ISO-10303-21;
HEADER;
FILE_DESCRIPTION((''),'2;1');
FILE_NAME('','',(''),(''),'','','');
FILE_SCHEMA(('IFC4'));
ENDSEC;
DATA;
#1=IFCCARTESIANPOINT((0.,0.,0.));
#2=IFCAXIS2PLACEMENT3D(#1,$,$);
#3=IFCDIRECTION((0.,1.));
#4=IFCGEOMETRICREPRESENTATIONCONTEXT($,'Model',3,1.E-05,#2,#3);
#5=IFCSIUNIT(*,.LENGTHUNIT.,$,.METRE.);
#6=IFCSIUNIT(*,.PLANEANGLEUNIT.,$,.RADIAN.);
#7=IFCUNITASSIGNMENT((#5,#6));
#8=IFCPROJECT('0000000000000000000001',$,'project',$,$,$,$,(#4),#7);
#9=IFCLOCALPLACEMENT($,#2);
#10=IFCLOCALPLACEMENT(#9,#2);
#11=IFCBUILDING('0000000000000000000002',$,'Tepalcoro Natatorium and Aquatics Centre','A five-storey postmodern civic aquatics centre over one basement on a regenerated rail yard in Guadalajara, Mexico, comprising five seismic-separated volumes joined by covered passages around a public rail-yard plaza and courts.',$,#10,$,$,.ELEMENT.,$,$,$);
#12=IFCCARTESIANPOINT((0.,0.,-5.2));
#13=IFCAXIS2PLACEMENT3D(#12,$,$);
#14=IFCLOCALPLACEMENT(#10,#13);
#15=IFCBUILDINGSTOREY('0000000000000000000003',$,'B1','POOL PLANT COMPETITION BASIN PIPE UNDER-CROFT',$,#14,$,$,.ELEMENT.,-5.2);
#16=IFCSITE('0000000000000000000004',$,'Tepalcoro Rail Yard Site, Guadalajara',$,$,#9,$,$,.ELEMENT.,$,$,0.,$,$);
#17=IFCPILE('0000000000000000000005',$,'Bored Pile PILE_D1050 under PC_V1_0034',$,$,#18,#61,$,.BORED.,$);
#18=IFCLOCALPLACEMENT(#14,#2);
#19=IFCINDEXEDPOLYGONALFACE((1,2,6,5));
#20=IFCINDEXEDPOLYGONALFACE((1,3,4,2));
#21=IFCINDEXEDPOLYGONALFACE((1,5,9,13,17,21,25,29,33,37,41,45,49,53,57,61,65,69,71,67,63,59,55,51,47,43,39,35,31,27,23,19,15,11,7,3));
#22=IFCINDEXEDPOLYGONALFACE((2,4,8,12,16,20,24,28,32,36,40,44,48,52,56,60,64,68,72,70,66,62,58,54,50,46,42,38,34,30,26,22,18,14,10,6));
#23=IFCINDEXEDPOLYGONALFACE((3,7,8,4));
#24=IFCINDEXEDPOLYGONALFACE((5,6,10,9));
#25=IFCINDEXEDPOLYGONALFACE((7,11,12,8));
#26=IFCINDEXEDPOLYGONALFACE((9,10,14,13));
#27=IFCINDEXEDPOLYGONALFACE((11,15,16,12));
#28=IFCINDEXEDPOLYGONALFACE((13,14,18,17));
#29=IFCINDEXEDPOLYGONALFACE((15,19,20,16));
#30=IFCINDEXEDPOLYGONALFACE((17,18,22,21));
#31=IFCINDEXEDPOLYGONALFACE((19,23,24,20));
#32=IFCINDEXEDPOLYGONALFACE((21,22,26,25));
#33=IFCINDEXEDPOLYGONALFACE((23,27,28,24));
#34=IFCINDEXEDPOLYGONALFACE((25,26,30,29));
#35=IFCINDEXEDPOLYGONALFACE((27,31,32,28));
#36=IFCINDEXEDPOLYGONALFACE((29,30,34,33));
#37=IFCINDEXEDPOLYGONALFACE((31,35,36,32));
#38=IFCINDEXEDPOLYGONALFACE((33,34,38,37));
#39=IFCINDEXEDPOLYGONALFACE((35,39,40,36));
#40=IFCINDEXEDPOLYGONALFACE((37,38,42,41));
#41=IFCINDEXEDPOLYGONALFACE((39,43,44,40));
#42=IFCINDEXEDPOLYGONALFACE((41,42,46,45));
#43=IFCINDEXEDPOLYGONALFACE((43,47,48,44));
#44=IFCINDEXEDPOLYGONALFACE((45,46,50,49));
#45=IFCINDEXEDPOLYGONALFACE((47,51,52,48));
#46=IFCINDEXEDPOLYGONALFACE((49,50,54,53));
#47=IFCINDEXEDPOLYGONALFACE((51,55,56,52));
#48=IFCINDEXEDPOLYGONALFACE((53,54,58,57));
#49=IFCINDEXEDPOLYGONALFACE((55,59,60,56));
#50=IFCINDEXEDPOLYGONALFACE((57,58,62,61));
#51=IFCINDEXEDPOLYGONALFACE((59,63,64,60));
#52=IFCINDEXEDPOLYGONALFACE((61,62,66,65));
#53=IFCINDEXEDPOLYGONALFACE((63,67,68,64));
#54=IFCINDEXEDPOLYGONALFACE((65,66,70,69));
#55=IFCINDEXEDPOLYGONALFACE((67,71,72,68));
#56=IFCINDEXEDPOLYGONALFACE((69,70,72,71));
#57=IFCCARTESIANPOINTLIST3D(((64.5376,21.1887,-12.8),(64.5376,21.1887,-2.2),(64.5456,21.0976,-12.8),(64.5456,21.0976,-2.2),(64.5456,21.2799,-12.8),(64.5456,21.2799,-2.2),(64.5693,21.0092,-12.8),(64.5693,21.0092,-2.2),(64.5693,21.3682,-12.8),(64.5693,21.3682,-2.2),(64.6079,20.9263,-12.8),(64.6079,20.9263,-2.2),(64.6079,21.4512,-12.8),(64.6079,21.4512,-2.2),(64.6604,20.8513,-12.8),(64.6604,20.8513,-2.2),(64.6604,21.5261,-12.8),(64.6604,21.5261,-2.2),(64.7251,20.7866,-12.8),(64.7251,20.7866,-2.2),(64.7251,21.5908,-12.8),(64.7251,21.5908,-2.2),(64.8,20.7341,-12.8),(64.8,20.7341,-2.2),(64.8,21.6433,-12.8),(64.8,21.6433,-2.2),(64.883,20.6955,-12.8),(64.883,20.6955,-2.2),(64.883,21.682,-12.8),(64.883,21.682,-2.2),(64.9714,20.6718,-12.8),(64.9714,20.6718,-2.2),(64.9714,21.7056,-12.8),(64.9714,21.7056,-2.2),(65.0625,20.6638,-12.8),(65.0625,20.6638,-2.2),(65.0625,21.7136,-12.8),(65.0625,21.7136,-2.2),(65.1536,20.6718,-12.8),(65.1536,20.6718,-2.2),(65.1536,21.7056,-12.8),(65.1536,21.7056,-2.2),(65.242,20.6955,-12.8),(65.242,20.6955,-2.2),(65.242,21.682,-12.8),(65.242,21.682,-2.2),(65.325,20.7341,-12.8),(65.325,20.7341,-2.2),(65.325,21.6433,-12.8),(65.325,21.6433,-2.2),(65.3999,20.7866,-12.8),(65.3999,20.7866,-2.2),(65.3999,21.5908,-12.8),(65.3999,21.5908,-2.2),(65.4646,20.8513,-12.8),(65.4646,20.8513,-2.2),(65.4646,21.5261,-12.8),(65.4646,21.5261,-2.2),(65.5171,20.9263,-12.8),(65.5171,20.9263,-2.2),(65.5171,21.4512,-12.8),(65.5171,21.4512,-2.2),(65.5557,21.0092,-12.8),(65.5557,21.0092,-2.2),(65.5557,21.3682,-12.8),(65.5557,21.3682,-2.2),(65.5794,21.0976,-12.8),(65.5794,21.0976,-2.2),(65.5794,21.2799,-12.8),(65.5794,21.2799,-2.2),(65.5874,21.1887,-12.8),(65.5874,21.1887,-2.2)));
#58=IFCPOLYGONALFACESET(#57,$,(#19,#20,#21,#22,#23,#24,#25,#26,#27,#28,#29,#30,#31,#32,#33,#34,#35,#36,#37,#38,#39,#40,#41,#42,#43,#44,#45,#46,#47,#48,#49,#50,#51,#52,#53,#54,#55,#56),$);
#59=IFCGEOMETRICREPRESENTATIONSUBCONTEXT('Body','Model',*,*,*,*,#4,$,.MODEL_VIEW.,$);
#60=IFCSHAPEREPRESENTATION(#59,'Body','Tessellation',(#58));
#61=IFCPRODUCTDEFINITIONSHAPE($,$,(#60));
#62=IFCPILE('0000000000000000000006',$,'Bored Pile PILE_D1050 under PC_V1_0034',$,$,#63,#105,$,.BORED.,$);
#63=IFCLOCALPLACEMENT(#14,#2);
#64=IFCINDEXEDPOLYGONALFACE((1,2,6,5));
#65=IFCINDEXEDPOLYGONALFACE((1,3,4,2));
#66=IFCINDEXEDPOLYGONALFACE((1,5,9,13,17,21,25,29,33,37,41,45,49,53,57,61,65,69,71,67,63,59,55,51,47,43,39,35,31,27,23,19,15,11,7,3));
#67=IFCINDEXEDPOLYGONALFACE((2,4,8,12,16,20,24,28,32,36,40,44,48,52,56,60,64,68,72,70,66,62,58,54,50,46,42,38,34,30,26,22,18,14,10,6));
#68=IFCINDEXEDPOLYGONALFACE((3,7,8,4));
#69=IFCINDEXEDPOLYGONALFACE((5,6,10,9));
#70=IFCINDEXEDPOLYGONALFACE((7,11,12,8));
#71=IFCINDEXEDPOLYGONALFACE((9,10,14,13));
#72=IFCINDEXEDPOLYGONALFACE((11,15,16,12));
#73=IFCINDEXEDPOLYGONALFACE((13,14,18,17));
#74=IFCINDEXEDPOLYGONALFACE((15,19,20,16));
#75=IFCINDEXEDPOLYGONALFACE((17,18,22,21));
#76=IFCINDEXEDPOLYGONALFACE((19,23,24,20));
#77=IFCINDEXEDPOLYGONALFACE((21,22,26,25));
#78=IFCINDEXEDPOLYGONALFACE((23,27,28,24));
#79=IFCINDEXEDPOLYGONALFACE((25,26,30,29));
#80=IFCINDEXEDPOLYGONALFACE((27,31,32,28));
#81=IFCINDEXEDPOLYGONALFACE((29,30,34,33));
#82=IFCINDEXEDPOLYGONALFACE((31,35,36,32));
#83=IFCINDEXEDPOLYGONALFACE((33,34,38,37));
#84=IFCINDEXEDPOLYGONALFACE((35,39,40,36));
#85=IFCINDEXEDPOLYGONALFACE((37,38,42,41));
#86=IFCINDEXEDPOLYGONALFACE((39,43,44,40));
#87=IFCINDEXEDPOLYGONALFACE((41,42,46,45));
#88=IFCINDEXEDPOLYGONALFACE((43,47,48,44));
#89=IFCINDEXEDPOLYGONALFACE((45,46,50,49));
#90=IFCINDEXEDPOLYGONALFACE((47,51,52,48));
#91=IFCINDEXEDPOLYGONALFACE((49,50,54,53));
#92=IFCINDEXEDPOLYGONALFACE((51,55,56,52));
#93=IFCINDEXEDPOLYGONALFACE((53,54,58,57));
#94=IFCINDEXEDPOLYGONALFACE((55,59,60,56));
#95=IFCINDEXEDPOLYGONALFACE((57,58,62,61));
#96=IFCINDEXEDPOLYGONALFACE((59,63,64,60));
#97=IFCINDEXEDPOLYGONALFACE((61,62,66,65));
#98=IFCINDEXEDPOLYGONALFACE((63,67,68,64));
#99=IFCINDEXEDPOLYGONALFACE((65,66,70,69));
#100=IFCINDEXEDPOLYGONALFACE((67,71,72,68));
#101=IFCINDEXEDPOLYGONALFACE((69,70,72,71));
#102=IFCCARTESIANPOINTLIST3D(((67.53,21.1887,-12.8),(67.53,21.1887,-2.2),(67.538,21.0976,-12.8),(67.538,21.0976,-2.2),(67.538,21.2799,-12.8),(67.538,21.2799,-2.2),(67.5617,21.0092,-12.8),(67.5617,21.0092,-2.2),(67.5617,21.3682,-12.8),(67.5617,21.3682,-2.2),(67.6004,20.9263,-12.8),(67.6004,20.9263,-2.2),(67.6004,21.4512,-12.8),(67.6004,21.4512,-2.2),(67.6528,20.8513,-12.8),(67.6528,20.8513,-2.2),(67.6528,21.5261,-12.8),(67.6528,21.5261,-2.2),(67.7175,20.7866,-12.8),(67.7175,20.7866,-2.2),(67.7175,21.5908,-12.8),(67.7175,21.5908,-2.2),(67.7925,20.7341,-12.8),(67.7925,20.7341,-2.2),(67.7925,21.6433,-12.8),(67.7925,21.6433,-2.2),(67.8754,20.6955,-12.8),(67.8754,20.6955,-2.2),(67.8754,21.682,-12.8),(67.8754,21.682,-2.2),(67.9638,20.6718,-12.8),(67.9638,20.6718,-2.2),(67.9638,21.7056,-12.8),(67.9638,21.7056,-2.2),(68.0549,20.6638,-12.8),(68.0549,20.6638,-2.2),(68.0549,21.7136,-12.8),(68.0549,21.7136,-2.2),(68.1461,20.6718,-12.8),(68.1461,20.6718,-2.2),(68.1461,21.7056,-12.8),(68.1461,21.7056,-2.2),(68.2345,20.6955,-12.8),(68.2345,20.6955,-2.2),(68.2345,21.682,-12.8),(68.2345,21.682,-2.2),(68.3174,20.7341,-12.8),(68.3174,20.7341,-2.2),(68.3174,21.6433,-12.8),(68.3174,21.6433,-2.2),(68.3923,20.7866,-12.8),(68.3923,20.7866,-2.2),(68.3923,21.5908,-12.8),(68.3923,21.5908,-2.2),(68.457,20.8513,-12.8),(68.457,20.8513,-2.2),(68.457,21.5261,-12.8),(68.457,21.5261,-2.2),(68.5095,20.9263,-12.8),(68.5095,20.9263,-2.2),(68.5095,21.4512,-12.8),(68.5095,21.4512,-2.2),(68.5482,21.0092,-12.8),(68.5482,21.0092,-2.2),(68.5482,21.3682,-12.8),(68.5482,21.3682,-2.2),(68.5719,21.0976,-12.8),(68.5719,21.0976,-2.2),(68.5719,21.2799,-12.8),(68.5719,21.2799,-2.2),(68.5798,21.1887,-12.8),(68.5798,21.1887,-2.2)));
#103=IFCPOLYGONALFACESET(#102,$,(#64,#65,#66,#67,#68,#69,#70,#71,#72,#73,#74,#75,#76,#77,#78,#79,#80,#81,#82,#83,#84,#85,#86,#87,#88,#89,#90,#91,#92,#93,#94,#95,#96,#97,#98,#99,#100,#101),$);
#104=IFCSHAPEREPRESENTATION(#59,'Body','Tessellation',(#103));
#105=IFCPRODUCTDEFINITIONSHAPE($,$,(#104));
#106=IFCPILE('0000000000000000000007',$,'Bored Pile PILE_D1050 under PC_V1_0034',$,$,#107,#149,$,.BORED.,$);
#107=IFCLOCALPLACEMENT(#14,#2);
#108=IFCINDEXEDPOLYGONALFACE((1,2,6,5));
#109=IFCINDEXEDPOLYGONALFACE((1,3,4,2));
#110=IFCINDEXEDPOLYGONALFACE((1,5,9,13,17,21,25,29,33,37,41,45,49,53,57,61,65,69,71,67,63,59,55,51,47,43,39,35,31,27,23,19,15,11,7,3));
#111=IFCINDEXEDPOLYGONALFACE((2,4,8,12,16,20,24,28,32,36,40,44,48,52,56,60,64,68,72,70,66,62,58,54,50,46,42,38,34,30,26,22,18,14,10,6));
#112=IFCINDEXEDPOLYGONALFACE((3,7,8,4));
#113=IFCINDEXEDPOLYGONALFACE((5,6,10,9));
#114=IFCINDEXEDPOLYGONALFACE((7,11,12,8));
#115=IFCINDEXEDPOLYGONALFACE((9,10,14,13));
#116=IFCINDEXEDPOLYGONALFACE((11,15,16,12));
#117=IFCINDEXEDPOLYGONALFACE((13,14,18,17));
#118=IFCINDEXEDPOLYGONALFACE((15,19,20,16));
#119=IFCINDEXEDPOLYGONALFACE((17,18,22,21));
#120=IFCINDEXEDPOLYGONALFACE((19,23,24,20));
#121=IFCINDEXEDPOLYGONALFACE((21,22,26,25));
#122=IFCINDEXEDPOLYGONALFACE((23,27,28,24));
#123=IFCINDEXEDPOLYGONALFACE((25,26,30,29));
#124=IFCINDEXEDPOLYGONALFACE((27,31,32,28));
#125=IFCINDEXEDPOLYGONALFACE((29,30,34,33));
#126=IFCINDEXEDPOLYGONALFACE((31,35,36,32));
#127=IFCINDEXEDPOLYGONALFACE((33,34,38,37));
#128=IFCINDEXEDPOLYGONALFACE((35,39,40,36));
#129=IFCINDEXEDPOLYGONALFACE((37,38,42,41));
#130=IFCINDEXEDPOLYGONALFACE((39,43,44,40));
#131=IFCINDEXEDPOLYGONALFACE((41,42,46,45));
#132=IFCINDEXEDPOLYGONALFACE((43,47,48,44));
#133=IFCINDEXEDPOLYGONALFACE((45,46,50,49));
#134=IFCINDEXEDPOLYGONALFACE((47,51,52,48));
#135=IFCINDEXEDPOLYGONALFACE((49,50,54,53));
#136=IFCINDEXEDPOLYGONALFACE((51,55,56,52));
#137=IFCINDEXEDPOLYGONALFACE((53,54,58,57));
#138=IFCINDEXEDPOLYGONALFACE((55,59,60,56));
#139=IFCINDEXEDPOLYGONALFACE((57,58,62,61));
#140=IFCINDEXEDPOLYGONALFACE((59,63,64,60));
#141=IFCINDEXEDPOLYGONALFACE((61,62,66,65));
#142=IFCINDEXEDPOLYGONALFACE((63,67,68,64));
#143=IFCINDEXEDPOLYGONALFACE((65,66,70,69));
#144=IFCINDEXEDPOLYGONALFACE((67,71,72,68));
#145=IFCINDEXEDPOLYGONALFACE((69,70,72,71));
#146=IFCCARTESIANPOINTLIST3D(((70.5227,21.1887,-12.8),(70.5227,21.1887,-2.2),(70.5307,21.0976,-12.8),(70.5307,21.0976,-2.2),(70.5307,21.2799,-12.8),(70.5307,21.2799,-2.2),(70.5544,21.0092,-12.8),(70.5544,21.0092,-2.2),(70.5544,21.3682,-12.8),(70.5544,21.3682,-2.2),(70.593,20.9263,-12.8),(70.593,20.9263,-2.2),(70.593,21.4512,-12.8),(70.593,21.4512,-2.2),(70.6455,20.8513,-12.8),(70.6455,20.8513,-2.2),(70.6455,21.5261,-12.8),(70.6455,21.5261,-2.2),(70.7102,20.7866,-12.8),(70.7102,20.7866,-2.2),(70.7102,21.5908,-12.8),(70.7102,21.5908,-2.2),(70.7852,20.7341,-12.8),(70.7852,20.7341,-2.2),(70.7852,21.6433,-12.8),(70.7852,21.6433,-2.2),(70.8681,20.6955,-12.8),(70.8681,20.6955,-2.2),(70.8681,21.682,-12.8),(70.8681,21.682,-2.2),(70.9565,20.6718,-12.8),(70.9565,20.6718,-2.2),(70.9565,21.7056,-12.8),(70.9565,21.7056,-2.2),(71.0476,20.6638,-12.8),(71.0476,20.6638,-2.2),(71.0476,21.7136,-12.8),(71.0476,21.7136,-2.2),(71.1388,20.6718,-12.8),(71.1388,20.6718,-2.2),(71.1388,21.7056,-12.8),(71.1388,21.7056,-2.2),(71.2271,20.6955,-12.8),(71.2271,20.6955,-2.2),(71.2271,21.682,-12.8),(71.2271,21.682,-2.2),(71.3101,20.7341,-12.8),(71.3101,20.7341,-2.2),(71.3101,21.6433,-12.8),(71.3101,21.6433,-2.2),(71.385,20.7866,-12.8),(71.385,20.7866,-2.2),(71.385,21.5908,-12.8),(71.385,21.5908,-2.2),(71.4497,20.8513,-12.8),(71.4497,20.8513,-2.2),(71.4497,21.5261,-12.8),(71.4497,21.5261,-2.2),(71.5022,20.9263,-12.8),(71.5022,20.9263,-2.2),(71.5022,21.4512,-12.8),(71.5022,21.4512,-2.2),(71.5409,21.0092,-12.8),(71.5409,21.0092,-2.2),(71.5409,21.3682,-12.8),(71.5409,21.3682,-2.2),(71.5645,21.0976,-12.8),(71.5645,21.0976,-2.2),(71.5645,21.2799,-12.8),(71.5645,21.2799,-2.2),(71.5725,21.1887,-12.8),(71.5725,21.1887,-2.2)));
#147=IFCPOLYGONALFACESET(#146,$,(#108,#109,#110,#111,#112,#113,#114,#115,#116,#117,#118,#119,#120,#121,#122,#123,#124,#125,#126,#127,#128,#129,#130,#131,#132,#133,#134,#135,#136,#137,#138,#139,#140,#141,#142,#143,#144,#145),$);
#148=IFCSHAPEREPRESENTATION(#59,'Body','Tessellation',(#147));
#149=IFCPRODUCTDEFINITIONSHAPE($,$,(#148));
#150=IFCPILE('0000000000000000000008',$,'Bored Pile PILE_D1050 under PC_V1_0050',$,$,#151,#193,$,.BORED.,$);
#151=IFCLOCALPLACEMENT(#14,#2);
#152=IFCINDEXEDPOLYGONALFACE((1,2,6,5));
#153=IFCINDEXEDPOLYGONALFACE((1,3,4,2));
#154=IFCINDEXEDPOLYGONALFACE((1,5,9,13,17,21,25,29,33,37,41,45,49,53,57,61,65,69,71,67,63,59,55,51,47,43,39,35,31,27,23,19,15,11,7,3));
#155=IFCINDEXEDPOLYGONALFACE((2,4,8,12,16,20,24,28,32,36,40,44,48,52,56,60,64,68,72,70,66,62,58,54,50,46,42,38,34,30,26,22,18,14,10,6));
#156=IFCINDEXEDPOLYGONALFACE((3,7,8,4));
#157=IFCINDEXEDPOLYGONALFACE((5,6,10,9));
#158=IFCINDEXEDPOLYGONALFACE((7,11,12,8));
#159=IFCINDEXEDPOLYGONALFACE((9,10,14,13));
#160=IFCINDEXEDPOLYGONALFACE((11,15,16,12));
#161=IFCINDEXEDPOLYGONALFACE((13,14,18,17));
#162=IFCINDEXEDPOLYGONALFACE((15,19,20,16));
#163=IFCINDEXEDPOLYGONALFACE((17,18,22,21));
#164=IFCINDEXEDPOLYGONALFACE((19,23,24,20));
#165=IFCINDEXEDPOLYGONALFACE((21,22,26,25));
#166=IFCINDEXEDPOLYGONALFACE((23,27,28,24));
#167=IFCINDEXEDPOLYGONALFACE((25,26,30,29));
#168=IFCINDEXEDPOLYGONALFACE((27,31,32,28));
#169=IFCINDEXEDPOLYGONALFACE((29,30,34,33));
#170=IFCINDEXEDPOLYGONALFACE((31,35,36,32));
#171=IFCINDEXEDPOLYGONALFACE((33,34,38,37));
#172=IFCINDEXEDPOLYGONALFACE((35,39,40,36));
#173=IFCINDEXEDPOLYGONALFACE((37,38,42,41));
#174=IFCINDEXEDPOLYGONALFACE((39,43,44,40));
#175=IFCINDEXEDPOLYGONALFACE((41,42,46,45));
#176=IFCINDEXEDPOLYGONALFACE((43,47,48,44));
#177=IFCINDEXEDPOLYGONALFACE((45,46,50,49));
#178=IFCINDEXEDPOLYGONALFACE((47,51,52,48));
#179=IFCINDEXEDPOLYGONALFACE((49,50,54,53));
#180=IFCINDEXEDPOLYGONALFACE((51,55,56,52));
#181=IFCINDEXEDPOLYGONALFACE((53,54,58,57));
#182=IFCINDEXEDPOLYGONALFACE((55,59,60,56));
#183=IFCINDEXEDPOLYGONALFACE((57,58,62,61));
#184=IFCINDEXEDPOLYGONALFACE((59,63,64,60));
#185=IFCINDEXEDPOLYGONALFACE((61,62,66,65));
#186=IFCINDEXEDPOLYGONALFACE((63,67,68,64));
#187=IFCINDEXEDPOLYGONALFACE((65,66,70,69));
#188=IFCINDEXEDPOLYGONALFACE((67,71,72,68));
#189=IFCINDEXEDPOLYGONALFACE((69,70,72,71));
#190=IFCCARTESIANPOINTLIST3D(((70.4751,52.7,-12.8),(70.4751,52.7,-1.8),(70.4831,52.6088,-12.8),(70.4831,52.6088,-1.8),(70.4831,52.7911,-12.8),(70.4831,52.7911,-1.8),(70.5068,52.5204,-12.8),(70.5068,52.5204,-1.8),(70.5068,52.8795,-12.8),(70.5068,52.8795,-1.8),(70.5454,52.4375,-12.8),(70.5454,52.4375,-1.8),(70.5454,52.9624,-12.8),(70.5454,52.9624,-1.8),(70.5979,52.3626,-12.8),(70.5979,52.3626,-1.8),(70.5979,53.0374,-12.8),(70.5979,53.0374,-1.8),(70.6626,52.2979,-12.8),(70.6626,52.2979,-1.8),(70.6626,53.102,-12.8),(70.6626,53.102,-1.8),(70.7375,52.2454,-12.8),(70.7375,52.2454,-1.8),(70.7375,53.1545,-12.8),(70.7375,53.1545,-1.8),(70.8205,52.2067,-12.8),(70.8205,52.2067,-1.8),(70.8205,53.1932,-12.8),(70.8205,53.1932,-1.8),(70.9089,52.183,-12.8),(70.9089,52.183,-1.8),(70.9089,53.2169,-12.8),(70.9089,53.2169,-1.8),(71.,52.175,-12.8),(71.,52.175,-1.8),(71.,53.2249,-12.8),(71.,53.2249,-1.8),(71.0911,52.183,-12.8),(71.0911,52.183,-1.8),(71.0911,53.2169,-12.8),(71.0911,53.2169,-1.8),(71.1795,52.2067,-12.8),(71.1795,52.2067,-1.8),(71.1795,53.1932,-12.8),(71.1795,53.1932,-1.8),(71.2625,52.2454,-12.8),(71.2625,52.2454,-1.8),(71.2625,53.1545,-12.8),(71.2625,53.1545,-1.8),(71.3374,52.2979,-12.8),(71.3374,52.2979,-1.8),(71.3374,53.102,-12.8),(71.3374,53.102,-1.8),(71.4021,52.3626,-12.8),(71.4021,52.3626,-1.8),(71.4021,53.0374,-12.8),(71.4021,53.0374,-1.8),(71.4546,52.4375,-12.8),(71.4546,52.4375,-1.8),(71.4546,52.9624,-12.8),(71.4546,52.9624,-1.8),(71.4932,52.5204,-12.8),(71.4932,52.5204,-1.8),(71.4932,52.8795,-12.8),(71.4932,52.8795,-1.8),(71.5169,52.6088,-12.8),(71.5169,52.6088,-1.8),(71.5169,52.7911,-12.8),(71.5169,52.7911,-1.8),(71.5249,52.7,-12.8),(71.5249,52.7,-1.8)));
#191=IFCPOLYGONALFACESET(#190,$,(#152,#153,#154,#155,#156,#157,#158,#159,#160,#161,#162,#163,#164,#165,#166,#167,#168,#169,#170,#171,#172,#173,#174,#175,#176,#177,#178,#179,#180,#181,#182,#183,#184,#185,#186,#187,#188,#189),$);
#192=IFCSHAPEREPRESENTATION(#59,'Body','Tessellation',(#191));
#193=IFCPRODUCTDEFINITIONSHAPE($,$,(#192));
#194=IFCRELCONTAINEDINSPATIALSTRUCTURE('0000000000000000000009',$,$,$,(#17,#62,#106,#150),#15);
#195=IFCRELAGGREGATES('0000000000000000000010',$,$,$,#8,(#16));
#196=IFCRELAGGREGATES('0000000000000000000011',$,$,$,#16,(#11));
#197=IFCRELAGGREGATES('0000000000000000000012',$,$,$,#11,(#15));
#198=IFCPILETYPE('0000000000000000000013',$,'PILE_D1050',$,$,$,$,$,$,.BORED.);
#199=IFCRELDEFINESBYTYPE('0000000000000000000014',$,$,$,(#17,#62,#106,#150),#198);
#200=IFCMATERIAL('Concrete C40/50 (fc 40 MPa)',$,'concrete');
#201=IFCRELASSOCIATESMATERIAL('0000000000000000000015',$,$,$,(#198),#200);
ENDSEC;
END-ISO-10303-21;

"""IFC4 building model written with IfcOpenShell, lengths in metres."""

from ifc_helpers import new_model, si_unit, direction, frame, origin, origin_2d, place, context, subcontext, project, spatial, circle, extrude, material, material_profile, profile_set, type_object, element, save


model = new_model("IFC4")

# Units and contexts
model_context = context("Model", 3, precision=1e-05, world=origin(), true_north=direction((0.0, 1.0)))
body_context = subcontext(model_context, "Body", "Model", "MODEL_VIEW")
ifc_project = project(units=[si_unit("LENGTHUNIT", "METRE"), si_unit("PLANEANGLEUNIT", "RADIAN")], contexts=[model_context])

# Site, building, storey
site_placement = place(None, origin())
site = spatial("IfcSite", under=ifc_project, at=site_placement, Name="Tepalcoro Rail Yard Site, Guadalajara", CompositionType="ELEMENT", RefElevation=0.0)
building_placement = place(site_placement, origin())
building = spatial("IfcBuilding", under=site, at=building_placement, Name="Tepalcoro Natatorium and Aquatics Centre", Description="A five-storey postmodern civic aquatics centre over one basement on a regenerated rail yard in Guadalajara, Mexico, comprising five seismic-separated volumes joined by covered passages around a public rail-yard plaza and courts.", CompositionType="ELEMENT")
storey_placement = place(building_placement, frame((0.0, 0.0, -5.2)))
storey = spatial("IfcBuildingStorey", under=building, at=storey_placement, Name="B1", Description="POOL PLANT COMPETITION BASIN PIPE UNDER-CROFT", CompositionType="ELEMENT", Elevation=-5.2)

# Piles
ifc_material_1 = material(Name="Concrete C40/50 (fc 40 MPa)", Category="concrete")
ifc_material_profile_1 = material_profile(ifc_material_1, circle(Radius=0.5249, at=origin_2d()), Name="PILE_D1050")
ifc_profile_set_1 = profile_set([ifc_material_profile_1], Name="Concrete C40/50 (fc 40 MPa)")
pile_type_1 = type_object("IfcPileType", Name="PILE_D1050", PredefinedType="BORED", material=ifc_profile_set_1)
for number, where, z_axis, x_axis, name in (
    (1, (65.0625, 21.1887, -2.2), (0.0, 0.0, -1.0), (1.0, 0.0, 0.0), "Bored Pile PILE_D1050 under PC_V1_0034"),
    (2, (68.0549, 21.1887, -2.2), (0.0, 0.0, -1.0), (1.0, 0.0, 0.0), "Bored Pile PILE_D1050 under PC_V1_0034"),
    (3, (71.0476, 21.1887, -2.2), (0.0, 0.0, -1.0), (1.0, 0.0, 0.0), "Bored Pile PILE_D1050 under PC_V1_0034"),
):
    element("IfcPile", number, at=place(storey_placement, frame(where, z_axis=z_axis, x_axis=x_axis)), inside=storey, type_object=pile_type_1, Name=name, PredefinedType="BORED", context=body_context, shape_type="SweptSolid", body=[
        extrude(circle(Radius=0.5249, at=origin_2d()), origin(), (0.0, 0.0, 1.0), 10.6001),
    ])
pile_1_placement = place(storey_placement, frame((71.0, 52.7, -1.8), z_axis=(0.0, 0.0, -1.0), x_axis=(1.0, 0.0, 0.0)))
element("IfcPile", 4, at=pile_1_placement, inside=storey, type_object=pile_type_1, Name="Bored Pile PILE_D1050 under PC_V1_0050", PredefinedType="BORED", context=body_context, shape_type="SweptSolid", body=[
    extrude(circle(Radius=0.5249, at=origin_2d()), origin(), (0.0, 0.0, 1.0), 11.0),
])

save(model, "model.ifc")
